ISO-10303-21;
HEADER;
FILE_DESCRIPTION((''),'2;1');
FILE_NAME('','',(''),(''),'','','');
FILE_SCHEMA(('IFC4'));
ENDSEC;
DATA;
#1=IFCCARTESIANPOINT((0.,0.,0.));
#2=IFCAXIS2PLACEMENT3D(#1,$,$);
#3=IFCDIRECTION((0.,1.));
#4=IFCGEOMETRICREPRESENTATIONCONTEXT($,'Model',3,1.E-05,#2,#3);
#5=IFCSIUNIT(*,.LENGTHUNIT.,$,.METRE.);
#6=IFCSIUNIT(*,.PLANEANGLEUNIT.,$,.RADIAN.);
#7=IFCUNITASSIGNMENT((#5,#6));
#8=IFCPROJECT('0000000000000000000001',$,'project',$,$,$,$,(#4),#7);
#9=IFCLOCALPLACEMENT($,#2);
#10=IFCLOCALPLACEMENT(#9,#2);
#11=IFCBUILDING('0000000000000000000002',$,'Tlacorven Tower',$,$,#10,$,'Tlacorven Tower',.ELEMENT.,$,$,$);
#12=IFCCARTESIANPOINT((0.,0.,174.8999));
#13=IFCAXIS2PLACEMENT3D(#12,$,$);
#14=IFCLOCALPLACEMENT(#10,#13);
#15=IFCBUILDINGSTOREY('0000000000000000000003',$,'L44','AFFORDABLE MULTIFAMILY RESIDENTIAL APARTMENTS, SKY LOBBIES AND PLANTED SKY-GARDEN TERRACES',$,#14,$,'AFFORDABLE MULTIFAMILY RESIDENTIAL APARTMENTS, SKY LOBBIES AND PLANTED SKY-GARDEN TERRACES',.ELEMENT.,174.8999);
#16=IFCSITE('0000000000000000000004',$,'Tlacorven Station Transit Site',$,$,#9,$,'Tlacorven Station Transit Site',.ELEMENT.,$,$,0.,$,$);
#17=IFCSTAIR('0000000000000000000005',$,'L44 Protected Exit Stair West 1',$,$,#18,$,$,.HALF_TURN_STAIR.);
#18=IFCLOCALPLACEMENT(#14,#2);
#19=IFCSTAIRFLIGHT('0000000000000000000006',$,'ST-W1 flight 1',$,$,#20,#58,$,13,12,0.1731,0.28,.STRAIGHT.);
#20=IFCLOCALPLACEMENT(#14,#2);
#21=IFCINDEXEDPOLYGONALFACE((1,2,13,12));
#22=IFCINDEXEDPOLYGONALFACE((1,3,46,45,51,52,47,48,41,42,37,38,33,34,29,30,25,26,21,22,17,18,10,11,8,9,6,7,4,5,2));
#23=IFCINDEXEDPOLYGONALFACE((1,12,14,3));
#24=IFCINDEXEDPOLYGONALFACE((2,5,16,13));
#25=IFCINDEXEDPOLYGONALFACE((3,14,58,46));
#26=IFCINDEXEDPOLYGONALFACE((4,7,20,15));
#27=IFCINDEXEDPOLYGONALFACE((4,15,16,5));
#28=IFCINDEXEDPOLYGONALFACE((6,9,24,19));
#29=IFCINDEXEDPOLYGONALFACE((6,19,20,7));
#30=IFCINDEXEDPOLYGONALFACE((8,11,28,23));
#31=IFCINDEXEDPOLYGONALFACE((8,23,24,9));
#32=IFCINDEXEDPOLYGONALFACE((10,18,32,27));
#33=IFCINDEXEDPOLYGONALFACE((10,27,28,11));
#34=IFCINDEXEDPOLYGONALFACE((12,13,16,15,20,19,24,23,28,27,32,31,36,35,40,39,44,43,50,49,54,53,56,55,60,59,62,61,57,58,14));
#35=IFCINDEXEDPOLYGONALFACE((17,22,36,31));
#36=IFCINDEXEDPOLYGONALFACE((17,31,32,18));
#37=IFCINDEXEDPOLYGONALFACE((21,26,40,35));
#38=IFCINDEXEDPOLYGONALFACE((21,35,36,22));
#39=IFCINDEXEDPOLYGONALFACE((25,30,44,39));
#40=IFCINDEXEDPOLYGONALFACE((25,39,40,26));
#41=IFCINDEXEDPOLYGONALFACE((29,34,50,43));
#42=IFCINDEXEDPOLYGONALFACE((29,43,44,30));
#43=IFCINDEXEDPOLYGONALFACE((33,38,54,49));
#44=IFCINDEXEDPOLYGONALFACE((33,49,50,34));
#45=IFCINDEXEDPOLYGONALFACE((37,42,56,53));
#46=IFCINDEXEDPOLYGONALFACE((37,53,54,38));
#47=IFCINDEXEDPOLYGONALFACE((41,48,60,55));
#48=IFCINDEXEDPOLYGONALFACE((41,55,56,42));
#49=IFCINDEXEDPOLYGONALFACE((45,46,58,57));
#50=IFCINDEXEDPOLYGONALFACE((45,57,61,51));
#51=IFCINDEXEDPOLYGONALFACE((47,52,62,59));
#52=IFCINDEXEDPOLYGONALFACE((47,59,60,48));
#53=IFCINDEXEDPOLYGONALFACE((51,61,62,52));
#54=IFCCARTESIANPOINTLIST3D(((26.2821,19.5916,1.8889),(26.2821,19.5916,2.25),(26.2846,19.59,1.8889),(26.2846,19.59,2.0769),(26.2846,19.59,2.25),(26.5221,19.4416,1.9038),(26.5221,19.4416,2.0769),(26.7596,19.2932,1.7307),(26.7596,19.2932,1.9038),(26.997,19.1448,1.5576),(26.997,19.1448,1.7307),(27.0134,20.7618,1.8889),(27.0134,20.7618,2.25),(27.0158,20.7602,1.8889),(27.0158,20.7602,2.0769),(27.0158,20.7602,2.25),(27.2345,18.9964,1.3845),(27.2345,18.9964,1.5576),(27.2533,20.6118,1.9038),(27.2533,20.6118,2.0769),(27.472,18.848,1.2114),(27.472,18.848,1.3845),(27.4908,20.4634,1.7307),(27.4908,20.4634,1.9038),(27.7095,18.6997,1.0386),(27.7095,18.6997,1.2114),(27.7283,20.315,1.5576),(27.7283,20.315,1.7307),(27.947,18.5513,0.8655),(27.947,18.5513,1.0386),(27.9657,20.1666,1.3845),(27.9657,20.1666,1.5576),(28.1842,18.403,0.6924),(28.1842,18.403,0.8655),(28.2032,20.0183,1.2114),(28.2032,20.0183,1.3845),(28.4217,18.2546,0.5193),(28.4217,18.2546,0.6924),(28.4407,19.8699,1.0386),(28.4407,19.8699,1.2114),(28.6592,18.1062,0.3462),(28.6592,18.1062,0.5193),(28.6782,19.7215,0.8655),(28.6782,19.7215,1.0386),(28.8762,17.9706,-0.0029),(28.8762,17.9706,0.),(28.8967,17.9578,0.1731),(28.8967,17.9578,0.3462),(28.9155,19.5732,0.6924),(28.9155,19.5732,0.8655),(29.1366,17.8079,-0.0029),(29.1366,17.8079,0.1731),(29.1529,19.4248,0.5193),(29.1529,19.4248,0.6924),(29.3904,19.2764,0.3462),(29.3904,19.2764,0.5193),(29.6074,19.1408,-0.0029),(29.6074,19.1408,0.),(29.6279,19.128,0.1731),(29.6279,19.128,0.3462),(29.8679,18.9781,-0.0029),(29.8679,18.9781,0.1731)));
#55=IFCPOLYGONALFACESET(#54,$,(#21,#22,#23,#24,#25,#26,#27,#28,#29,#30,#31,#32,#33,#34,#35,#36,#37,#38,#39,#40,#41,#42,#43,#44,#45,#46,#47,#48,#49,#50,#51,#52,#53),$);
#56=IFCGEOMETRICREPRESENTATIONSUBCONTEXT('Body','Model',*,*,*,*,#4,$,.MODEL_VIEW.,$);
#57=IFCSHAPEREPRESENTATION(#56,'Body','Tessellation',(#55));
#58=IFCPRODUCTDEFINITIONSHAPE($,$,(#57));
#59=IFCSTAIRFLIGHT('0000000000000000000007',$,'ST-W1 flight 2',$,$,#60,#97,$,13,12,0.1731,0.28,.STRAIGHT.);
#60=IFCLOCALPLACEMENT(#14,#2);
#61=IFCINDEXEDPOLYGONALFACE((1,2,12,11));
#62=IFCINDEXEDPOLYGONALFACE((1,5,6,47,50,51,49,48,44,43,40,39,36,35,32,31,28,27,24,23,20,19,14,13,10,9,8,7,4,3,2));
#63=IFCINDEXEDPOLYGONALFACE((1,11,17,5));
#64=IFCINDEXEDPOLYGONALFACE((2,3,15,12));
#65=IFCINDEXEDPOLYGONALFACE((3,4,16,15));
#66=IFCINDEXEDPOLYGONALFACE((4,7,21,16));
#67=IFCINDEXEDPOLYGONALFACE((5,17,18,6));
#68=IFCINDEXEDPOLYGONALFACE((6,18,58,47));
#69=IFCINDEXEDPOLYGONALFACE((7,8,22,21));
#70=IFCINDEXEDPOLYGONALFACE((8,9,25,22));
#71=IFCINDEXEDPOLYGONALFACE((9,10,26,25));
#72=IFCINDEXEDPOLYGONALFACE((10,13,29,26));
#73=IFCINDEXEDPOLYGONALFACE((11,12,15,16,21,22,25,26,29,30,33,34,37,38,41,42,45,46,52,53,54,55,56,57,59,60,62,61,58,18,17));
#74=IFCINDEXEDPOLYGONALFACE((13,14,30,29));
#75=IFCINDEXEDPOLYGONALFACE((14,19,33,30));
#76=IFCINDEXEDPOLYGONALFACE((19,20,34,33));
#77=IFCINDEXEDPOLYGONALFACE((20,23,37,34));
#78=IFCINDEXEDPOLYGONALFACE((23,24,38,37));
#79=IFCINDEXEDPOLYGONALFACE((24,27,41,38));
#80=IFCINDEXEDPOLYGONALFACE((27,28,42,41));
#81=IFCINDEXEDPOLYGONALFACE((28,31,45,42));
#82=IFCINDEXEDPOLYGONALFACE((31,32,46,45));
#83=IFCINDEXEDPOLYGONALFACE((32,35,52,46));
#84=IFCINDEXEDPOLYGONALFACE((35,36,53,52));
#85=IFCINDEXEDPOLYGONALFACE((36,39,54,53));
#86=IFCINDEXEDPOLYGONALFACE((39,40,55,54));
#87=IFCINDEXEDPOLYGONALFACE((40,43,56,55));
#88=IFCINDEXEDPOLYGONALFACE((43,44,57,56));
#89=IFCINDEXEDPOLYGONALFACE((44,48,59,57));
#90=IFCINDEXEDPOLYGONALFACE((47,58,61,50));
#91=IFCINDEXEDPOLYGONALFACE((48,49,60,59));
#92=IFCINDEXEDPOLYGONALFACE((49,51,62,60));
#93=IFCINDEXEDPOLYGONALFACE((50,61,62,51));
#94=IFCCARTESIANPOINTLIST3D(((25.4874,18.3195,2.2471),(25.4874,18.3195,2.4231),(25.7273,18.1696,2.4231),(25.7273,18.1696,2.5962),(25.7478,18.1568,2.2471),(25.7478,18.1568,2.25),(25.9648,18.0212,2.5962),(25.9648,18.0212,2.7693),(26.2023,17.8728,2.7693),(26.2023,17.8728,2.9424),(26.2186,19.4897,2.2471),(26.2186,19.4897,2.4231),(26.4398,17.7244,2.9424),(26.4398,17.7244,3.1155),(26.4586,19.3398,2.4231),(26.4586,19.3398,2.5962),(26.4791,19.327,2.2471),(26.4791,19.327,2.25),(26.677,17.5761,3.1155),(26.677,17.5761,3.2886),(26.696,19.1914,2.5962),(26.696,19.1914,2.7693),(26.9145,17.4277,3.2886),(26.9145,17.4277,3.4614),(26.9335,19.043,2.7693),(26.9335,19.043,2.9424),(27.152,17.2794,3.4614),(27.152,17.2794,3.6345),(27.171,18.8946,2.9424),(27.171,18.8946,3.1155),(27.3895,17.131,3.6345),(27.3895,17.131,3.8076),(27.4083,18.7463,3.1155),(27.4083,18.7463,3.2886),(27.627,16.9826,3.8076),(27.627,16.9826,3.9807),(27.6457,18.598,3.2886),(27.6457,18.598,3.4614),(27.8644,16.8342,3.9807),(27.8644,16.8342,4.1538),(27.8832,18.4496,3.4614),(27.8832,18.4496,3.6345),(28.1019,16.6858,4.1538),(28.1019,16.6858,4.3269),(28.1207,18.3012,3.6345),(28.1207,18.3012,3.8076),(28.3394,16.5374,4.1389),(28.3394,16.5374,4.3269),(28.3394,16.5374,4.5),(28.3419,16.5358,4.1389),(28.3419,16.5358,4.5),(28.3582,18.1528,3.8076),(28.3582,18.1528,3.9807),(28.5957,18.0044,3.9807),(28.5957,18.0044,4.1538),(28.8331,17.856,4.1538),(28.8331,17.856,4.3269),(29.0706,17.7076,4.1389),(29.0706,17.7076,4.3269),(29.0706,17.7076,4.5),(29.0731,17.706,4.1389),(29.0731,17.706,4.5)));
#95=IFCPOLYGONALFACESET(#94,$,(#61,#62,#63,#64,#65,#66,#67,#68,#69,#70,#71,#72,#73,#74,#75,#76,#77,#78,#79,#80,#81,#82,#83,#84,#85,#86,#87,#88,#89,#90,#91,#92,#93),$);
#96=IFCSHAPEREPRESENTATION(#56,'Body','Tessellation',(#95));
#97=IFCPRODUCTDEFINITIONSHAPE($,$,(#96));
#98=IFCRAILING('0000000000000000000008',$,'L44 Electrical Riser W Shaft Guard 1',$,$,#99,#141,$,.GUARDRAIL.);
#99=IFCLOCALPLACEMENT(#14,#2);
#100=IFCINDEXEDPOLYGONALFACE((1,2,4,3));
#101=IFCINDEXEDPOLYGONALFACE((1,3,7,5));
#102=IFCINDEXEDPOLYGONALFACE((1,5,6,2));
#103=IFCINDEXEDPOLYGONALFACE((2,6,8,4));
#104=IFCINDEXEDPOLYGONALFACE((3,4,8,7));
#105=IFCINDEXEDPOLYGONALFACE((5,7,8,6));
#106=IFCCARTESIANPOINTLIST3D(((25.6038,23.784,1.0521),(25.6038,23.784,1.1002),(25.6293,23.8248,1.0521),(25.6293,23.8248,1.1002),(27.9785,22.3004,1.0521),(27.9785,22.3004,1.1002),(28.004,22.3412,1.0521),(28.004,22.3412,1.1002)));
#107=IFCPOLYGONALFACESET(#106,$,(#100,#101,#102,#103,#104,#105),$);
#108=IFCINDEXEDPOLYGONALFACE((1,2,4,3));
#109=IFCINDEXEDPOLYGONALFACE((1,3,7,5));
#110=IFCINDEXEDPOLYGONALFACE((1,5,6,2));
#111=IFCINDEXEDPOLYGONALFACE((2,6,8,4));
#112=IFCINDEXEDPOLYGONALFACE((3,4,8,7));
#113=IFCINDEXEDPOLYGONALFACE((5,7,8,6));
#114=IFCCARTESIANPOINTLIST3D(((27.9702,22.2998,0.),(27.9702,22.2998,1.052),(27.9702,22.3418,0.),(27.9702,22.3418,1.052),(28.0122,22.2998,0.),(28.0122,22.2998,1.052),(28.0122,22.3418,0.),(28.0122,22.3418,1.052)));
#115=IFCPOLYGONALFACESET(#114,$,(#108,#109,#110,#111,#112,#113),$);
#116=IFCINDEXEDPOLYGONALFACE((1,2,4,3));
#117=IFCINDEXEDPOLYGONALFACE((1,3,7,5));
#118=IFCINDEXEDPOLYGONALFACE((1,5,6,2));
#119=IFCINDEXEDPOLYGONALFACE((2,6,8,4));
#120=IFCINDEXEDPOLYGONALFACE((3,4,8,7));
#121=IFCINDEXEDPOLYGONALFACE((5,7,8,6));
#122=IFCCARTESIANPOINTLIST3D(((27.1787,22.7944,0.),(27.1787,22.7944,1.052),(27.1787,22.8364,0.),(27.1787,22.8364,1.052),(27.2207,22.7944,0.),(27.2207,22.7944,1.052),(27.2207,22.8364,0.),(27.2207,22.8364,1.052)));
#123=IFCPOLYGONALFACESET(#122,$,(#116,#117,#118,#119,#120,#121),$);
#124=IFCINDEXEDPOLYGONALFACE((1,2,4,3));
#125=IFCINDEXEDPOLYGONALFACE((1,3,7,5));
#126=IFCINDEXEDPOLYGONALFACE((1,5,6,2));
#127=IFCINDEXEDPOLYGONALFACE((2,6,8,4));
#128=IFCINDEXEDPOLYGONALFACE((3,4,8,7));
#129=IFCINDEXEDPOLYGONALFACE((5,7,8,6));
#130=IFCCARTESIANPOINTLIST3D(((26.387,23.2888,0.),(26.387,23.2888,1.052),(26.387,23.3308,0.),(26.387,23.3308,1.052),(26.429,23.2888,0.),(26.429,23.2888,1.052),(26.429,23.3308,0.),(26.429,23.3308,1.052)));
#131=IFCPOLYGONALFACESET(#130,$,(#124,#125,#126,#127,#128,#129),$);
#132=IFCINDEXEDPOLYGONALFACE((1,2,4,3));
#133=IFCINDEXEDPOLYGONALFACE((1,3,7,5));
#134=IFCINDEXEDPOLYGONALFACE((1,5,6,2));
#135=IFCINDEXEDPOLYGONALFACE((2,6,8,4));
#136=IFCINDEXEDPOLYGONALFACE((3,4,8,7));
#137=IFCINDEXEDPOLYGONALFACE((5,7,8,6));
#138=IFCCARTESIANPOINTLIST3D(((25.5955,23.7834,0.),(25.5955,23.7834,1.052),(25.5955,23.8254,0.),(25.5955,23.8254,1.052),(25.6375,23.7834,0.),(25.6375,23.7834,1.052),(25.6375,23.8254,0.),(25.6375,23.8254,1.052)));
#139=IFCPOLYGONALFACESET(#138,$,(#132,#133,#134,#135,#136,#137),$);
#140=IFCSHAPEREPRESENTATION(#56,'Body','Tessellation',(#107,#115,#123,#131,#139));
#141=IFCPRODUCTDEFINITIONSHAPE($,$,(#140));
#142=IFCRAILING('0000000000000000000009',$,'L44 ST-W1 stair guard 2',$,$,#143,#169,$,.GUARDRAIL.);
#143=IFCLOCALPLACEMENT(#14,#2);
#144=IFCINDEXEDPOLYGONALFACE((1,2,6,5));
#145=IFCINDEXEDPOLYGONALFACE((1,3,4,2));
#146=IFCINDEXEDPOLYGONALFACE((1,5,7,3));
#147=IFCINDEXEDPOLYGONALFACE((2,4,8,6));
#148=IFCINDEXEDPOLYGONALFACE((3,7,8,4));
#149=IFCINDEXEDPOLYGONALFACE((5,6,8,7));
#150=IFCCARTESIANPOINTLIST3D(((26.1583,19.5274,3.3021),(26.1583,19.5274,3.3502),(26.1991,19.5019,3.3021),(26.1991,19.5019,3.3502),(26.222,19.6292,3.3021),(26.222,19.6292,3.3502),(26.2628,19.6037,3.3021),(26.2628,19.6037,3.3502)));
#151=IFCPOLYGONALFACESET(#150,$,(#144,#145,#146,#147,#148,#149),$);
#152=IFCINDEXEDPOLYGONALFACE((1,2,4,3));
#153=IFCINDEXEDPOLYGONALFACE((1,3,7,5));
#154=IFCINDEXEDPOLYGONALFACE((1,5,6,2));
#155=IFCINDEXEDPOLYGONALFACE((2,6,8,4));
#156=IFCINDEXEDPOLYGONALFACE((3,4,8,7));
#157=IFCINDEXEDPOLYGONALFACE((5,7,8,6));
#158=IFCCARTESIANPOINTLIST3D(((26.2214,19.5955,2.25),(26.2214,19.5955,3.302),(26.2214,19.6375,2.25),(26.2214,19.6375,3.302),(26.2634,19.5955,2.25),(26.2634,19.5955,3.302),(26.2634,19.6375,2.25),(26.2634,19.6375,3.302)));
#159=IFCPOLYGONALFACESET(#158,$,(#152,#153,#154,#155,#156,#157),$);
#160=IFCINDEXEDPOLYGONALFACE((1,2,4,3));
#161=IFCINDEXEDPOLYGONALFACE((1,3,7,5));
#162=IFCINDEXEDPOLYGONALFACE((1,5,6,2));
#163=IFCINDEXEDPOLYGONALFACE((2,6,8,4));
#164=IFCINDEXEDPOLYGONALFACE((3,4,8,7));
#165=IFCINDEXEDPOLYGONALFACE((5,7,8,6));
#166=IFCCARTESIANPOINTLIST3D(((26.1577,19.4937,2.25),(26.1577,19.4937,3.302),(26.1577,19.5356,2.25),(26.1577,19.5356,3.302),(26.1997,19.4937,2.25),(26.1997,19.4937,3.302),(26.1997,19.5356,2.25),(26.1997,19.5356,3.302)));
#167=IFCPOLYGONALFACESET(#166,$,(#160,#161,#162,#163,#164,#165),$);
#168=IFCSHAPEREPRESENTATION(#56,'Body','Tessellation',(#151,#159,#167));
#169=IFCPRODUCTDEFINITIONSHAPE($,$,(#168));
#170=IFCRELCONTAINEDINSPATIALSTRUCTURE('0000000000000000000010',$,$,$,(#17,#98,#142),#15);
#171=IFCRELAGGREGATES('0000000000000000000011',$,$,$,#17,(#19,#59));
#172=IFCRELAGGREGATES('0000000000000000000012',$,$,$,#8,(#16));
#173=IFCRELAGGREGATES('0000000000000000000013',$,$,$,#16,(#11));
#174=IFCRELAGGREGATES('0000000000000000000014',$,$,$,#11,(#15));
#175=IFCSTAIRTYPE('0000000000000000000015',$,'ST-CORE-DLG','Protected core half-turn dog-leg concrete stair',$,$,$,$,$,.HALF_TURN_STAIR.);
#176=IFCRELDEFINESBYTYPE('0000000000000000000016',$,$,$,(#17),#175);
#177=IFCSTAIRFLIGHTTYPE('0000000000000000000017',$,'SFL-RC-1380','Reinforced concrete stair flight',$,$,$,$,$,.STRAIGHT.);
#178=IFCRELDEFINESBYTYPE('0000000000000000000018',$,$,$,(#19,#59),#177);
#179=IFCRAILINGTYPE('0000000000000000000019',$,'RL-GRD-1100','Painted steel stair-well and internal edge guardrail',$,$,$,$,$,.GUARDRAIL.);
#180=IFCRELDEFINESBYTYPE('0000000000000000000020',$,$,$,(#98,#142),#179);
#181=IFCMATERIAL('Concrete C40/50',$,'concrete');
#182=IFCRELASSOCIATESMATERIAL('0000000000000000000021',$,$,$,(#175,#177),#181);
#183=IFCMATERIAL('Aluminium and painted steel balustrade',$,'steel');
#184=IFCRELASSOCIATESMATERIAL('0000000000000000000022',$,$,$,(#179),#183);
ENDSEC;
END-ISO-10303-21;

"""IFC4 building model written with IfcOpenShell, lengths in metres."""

from ifc_helpers import new_model, si_unit, direction, frame, origin, origin_2d, place, context, subcontext, project, spatial, polyline, rectangle, outline, extrude, source, transform, mapped, material, type_object, element, aggregate, save


model = new_model("IFC4")

# Units and contexts
model_context = context("Model", 3, precision=1e-05, world=origin(), true_north=direction((0.0, 1.0)))
body_context = subcontext(model_context, "Body", "Model", "MODEL_VIEW")
ifc_project = project(units=[si_unit("LENGTHUNIT", "METRE"), si_unit("PLANEANGLEUNIT", "RADIAN")], contexts=[model_context])

# Site, building, storey
site_placement = place(None, origin())
site = spatial("IfcSite", under=ifc_project, at=site_placement, Name="Tlacorven Station Transit Site", LongName="Tlacorven Station Transit Site", CompositionType="ELEMENT", RefElevation=0.0)
building_placement = place(site_placement, origin())
building = spatial("IfcBuilding", under=site, at=building_placement, Name="Tlacorven Tower", LongName="Tlacorven Tower", CompositionType="ELEMENT")
storey_placement = place(building_placement, frame((0.0, 0.0, 174.8999)))
storey = spatial("IfcBuildingStorey", under=building, at=storey_placement, Name="L44", Description="AFFORDABLE MULTIFAMILY RESIDENTIAL APARTMENTS, SKY LOBBIES AND PLANTED SKY-GARDEN TERRACES", LongName="AFFORDABLE MULTIFAMILY RESIDENTIAL APARTMENTS, SKY LOBBIES AND PLANTED SKY-GARDEN TERRACES", CompositionType="ELEMENT", Elevation=174.8999)

# Stair, stair flights
ifc_material_1 = material(Name="Concrete C40/50", Category="concrete")
stair_type = type_object("IfcStairType", Name="ST-CORE-DLG", Description="Protected core half-turn dog-leg concrete stair", PredefinedType="HALF_TURN_STAIR", material=ifc_material_1)
stair_placement = place(storey_placement, origin())
stair = element("IfcStair", 1, at=stair_placement, inside=storey, type_object=stair_type, Name="L44 Protected Exit Stair West 1", PredefinedType="HALF_TURN_STAIR")
stair_flight_type = type_object("IfcStairFlightType", Name="SFL-RC-1380", Description="Reinforced concrete stair flight", PredefinedType="STRAIGHT", material=ifc_material_1)
shared_shape_1 = source(origin(), body_context, "Body", "SweptSolid", [
    extrude(outline(polyline([(-0.0029, -0.0029), (-0.0029, 0.1731), (0.28, 0.1731), (0.28, 0.3462), (0.5601, 0.3462), (0.5601, 0.5193), (0.8401, 0.5193), (0.8401, 0.6924), (1.1201, 0.6924), (1.1201, 0.8655), (1.3999, 0.8655), (1.3999, 1.0386), (1.6799, 1.0386), (1.6799, 1.2114), (1.96, 1.2114), (1.96, 1.3845), (2.24, 1.3845), (2.24, 1.5576), (2.52, 1.5576), (2.52, 1.7307), (2.8, 1.7307), (2.8, 1.9038), (3.0801, 1.9038), (3.0801, 2.0769), (3.3601, 2.0769), (3.3601, 2.25), (3.363, 2.25), (3.363, 1.8889), (3.3601, 1.8889), (0.3042, 0.0), (0.3042, -0.0029), (-0.0029, -0.0029)])), frame((0.0, 0.6899, 0.0), z_axis=(0.0, -1.0, 0.0), x_axis=(1.0, 0.0, 0.0)), (0.0, 0.0, 1.0), 1.3799),
])
stair_flight_1_placement = place(storey_placement, frame((29.4998, 18.3945, 0.0), z_axis=(0.0, 0.0, 1.0), x_axis=(-0.848048, 0.529919, 0.0)))
stair_flight_1 = element("IfcStairFlight", 2, at=stair_flight_1_placement, type_object=stair_flight_type, Name="ST-W1 flight 1", NumberOfRisers=13, NumberOfTreads=12, PredefinedType="STRAIGHT", RiserHeight=0.1731, TreadLength=0.28, context=body_context, shape_type="MappedRepresentation", body=[
    mapped(shared_shape_1, transform((0.0, 0.0, 0.0), scale=1.0)),
])
stair_flight_2_placement = place(storey_placement, frame((25.8555, 18.9031, 2.25), z_axis=(0.0, 0.0, 1.0), x_axis=(0.848048, -0.529919, 0.0)))
stair_flight_2 = element("IfcStairFlight", 3, at=stair_flight_2_placement, type_object=stair_flight_type, Name="ST-W1 flight 2", NumberOfRisers=13, NumberOfTreads=12, PredefinedType="STRAIGHT", RiserHeight=0.1731, TreadLength=0.28, context=body_context, shape_type="MappedRepresentation", body=[
    mapped(shared_shape_1, transform((0.0, 0.0, 0.0), scale=1.0)),
])
aggregate(stair, [stair_flight_1, stair_flight_2])

# Railings
ifc_material_2 = material(Name="Aluminium and painted steel balustrade", Category="steel")
railing_type_1 = type_object("IfcRailingType", Name="RL-GRD-1100", Description="Painted steel stair-well and internal edge guardrail", PredefinedType="GUARDRAIL", material=ifc_material_2)
shared_shape_2 = source(origin(), body_context, "Body", "SweptSolid", [
    extrude(rectangle(XDim=0.0481, YDim=0.0481, at=origin_2d()), frame((0.0, 0.0, 1.0762), z_axis=(-0.848091, 0.52985, 0.0), x_axis=(-0.52985, -0.848091, 0.0)), (0.0, 0.0, 1.0), 2.8),
    extrude(rectangle(XDim=0.042, YDim=0.042, at=origin_2d()), origin(), (0.0, 0.0, 1.0), 1.052),
    extrude(rectangle(XDim=0.042, YDim=0.042, at=origin_2d()), frame((-0.7915, 0.4946, 0.0)), (0.0, 0.0, 1.0), 1.052),
    extrude(rectangle(XDim=0.042, YDim=0.042, at=origin_2d()), frame((-1.5833, 0.989, 0.0)), (0.0, 0.0, 1.0), 1.052),
    extrude(rectangle(XDim=0.042, YDim=0.042, at=origin_2d()), frame((-2.3748, 1.4836, 0.0)), (0.0, 0.0, 1.0), 1.052),
])
railing_1_placement = place(storey_placement, frame((27.9912, 22.3208, 0.0)))
element("IfcRailing", 4, at=railing_1_placement, inside=storey, type_object=railing_type_1, Name="L44 Electrical Riser W Shaft Guard 1", PredefinedType="GUARDRAIL", context=body_context, shape_type="MappedRepresentation", body=[
    mapped(shared_shape_2, transform((0.0, 0.0, 0.0), scale=1.0)),
])
shared_shape_3 = source(origin(), body_context, "Body", "SweptSolid", [
    extrude(rectangle(XDim=0.0481, YDim=0.0481, at=origin_2d()), frame((0.0, 0.0, 1.0762), z_axis=(-0.530547, -0.847656, 0.0), x_axis=(0.847656, -0.530547, 0.0)), (0.0, 0.0, 1.0), 0.1201),
    extrude(rectangle(XDim=0.042, YDim=0.042, at=origin_2d()), origin(), (0.0, 0.0, 1.0), 1.052),
    extrude(rectangle(XDim=0.042, YDim=0.042, at=origin_2d()), frame((-0.0637, -0.1018, 0.0)), (0.0, 0.0, 1.0), 1.052),
])
railing_2_placement = place(storey_placement, frame((26.2424, 19.6165, 2.25)))
element("IfcRailing", 5, at=railing_2_placement, inside=storey, type_object=railing_type_1, Name="L44 ST-W1 stair guard 2", PredefinedType="GUARDRAIL", context=body_context, shape_type="MappedRepresentation", body=[
    mapped(shared_shape_3, transform((0.0, 0.0, 0.0), scale=1.0)),
])

save(model, "model.ifc")
